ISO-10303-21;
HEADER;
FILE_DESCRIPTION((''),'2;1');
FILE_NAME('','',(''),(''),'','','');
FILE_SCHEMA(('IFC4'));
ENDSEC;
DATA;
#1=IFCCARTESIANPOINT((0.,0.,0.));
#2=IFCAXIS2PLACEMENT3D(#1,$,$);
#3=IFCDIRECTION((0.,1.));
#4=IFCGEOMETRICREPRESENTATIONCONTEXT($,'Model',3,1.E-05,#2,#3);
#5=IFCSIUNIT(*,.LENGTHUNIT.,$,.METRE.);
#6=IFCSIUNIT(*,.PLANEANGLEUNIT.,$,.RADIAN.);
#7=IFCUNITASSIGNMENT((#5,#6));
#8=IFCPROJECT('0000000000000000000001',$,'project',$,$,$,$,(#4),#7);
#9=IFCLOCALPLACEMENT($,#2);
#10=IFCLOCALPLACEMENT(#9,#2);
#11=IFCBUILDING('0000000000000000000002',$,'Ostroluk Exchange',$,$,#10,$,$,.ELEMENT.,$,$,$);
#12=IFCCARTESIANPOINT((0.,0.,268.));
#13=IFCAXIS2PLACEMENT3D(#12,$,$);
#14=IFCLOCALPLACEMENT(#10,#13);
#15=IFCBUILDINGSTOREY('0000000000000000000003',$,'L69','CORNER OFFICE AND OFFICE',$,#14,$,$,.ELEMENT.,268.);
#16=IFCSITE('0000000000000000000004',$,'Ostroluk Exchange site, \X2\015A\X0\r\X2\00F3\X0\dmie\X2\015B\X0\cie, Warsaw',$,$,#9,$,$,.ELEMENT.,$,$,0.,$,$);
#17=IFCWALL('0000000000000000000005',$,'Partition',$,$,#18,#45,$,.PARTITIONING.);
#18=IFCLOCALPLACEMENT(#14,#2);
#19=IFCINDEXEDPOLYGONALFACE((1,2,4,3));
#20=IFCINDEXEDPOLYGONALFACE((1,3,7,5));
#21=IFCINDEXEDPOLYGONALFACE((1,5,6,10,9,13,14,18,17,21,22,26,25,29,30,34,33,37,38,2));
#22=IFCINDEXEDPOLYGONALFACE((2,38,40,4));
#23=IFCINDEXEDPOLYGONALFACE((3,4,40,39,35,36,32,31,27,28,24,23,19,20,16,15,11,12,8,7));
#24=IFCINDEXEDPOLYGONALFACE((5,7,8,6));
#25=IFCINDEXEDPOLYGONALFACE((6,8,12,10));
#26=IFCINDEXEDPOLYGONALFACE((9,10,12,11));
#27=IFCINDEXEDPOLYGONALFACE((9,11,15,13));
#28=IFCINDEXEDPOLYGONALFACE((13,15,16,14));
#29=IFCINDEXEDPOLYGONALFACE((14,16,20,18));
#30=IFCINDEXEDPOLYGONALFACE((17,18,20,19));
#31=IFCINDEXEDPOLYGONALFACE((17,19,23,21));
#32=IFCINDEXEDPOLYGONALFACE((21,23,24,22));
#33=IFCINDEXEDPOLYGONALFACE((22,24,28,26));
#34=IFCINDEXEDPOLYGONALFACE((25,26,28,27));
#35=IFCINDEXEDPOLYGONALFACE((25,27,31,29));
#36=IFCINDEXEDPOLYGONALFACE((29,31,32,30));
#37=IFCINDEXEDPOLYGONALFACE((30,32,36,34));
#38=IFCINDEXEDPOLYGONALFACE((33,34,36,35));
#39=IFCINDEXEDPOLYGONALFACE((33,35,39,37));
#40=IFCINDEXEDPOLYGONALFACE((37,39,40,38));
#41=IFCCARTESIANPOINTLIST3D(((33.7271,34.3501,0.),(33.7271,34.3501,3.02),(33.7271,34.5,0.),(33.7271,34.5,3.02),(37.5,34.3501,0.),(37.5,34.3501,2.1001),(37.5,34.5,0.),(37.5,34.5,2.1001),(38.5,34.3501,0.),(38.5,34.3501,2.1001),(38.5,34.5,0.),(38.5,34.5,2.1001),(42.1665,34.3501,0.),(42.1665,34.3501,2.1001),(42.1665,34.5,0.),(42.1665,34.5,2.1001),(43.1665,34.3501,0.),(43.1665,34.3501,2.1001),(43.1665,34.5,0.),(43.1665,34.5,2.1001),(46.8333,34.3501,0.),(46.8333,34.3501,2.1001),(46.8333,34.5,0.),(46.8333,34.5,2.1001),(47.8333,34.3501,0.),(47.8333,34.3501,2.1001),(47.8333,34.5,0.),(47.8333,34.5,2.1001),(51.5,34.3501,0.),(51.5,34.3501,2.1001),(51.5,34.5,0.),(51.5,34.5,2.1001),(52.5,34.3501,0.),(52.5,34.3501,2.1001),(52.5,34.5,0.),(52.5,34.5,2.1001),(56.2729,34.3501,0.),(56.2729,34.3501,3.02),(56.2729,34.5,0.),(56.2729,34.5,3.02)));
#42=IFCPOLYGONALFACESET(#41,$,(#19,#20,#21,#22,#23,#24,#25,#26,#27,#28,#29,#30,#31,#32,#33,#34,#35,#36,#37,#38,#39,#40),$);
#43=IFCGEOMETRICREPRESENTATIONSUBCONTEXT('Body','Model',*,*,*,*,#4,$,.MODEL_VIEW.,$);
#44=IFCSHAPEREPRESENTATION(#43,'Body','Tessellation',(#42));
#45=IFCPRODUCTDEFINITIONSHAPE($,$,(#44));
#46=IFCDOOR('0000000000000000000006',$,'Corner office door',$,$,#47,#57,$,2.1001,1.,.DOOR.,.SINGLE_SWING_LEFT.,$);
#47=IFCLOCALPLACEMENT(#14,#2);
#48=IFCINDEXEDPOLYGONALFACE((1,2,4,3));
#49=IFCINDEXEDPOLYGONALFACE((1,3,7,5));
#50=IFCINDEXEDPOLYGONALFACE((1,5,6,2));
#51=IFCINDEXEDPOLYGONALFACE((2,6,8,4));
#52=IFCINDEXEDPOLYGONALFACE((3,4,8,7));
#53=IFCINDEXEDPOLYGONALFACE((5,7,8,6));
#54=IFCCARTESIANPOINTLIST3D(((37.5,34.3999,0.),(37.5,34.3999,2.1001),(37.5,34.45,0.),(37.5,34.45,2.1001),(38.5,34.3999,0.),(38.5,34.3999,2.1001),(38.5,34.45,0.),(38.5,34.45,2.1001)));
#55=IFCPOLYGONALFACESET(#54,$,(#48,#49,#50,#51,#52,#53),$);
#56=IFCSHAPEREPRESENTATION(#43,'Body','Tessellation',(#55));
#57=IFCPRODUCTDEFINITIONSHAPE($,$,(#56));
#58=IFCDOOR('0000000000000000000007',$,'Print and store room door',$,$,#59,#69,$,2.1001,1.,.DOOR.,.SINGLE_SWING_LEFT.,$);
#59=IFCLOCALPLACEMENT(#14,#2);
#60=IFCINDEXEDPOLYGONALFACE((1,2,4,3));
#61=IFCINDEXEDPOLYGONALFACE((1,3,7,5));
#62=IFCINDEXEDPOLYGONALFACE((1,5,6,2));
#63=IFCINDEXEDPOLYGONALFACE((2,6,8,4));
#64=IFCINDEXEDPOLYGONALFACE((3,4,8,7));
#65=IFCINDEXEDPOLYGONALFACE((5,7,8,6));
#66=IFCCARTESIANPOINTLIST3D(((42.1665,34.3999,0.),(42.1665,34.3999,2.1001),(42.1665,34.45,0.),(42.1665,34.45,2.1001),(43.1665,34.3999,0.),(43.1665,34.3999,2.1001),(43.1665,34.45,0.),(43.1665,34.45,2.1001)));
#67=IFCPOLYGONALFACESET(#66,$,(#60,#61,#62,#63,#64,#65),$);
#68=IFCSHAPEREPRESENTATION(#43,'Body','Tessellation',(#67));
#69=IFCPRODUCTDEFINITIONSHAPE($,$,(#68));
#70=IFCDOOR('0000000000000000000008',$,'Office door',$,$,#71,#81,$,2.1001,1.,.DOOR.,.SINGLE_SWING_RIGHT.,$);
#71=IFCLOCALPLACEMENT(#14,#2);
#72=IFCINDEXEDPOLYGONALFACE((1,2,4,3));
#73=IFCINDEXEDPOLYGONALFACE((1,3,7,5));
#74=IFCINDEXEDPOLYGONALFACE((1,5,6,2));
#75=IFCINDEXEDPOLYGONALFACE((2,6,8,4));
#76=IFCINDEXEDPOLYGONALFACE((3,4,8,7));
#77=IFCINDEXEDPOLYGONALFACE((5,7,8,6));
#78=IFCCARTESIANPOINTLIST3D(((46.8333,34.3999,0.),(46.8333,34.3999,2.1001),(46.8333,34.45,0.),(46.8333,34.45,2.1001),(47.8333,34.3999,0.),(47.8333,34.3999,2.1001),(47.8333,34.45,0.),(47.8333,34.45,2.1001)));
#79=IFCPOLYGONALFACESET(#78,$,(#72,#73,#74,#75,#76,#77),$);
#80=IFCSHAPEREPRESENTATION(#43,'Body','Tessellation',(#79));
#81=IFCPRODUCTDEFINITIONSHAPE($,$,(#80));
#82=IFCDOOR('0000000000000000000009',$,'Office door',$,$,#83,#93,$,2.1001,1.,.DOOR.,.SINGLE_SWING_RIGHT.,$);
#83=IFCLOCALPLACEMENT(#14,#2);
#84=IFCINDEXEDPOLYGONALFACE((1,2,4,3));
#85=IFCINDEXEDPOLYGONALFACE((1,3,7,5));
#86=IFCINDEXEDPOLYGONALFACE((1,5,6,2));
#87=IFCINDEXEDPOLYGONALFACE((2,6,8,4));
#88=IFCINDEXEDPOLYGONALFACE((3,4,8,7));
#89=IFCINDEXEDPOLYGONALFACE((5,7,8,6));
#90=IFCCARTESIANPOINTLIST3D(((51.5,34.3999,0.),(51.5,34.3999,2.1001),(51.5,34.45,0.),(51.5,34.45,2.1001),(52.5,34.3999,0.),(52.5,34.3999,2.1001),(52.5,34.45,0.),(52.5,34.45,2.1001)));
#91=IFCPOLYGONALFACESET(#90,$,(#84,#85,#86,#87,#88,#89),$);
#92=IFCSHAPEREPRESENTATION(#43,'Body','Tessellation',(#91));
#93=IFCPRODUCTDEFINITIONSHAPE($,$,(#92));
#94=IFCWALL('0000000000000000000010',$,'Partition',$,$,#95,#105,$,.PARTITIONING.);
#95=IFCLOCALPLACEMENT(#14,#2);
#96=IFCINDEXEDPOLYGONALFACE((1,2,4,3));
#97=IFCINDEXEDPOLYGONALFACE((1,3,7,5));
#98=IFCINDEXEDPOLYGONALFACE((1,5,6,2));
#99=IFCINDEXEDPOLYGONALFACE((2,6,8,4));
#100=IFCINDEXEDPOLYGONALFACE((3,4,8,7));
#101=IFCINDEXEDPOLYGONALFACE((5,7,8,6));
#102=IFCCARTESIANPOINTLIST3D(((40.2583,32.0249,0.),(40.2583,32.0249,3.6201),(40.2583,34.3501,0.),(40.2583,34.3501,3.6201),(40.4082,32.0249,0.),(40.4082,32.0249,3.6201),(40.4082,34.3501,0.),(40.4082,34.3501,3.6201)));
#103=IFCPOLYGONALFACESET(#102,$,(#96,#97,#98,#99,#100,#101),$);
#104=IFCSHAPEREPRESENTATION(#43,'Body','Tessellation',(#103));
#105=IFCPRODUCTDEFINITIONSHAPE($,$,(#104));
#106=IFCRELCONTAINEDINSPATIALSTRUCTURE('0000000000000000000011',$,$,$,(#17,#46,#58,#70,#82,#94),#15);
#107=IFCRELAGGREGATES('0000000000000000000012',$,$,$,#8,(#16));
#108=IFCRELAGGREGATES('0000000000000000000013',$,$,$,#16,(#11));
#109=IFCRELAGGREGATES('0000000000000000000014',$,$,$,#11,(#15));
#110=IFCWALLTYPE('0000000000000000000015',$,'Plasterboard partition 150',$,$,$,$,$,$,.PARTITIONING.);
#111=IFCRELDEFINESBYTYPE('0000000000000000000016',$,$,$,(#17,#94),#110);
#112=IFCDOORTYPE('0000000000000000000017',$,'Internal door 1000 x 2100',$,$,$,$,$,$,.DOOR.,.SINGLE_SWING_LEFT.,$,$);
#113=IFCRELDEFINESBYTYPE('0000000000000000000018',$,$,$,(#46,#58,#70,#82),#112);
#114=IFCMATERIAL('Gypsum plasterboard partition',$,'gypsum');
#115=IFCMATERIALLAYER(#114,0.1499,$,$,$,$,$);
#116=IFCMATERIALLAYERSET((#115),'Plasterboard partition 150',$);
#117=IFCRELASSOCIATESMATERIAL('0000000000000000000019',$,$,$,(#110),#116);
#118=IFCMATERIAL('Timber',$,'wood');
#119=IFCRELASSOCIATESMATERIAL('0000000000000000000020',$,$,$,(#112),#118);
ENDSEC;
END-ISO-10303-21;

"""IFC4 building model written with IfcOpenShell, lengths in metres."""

from ifc_helpers import new_model, si_unit, direction, frame, frame_2d, origin, place, context, subcontext, project, spatial, rectangle, extrude, material, layer, layer_set, type_object, element, fill, save


model = new_model("IFC4")

# Units and contexts
model_context = context("Model", 3, precision=1e-05, world=origin(), true_north=direction((0.0, 1.0)))
body_context = subcontext(model_context, "Body", "Model", "MODEL_VIEW")
ifc_project = project(units=[si_unit("LENGTHUNIT", "METRE"), si_unit("PLANEANGLEUNIT", "RADIAN")], contexts=[model_context])

# Site, building, storey
site_placement = place(None, origin())
site = spatial("IfcSite", under=ifc_project, at=site_placement, Name="Ostroluk Exchange site, Śródmieście, Warsaw", CompositionType="ELEMENT", RefElevation=0.0)
building_placement = place(site_placement, origin())
building = spatial("IfcBuilding", under=site, at=building_placement, Name="Ostroluk Exchange", CompositionType="ELEMENT")
storey_placement = place(building_placement, frame((0.0, 0.0, 268.0)))
storey = spatial("IfcBuildingStorey", under=building, at=storey_placement, Name="L69", Description="CORNER OFFICE AND OFFICE", CompositionType="ELEMENT", Elevation=268.0)

# Wall, openings, doors
ifc_material_1 = material(Name="Gypsum plasterboard partition", Category="gypsum")
ifc_layer_1 = layer(ifc_material_1, 0.1499)
ifc_layer_set_1 = layer_set([ifc_layer_1], Name="Plasterboard partition 150")
wall_type_1 = type_object("IfcWallType", Name="Plasterboard partition 150", PredefinedType="PARTITIONING", material=ifc_layer_set_1)
wall_1_placement = place(storey_placement, frame((33.7271, 34.425, 0.0), z_axis=(0.0, 0.0, 1.0), x_axis=(1.0, 0.0, 0.0)))
wall_1 = element("IfcWall", 1, at=wall_1_placement, inside=storey, type_object=wall_type_1, Name="Partition", PredefinedType="PARTITIONING", context=body_context, shape_type="SweptSolid", body=[
    extrude(rectangle(XDim=22.5459, YDim=0.1499, at=frame_2d((11.2729, 0.0))), origin(), (0.0, 0.0, 1.0), 3.02),
])
opening_1_placement = place(wall_1_placement, frame((3.7729, 0.0, 0.0)))
opening_1 = element("IfcOpeningElement", 2, at=opening_1_placement, cuts=wall_1, PredefinedType="OPENING", context=body_context, shape_type="SweptSolid", body=[
    extrude(rectangle(XDim=1.0, YDim=2.1001, at=frame_2d((0.5, 1.05))), frame((0.0, 0.085, 0.0), z_axis=(0.0, -1.0, 0.0), x_axis=(1.0, 0.0, 0.0)), (0.0, 0.0, 1.0), 0.1699),
])
opening_2_placement = place(wall_1_placement, frame((8.4395, 0.0, 0.0)))
opening_2 = element("IfcOpeningElement", 3, at=opening_2_placement, cuts=wall_1, PredefinedType="OPENING", context=body_context, shape_type="SweptSolid", body=[
    extrude(rectangle(XDim=1.0, YDim=2.1001, at=frame_2d((0.5, 1.05))), frame((0.0, 0.085, 0.0), z_axis=(0.0, -1.0, 0.0), x_axis=(1.0, 0.0, 0.0)), (0.0, 0.0, 1.0), 0.1699),
])
opening_3_placement = place(wall_1_placement, frame((13.1062, 0.0, 0.0)))
opening_3 = element("IfcOpeningElement", 4, at=opening_3_placement, cuts=wall_1, PredefinedType="OPENING", context=body_context, shape_type="SweptSolid", body=[
    extrude(rectangle(XDim=1.0, YDim=2.1001, at=frame_2d((0.5, 1.05))), frame((0.0, 0.085, 0.0), z_axis=(0.0, -1.0, 0.0), x_axis=(1.0, 0.0, 0.0)), (0.0, 0.0, 1.0), 0.1699),
])
opening_4_placement = place(wall_1_placement, frame((17.7729, 0.0, 0.0)))
opening_4 = element("IfcOpeningElement", 5, at=opening_4_placement, cuts=wall_1, PredefinedType="OPENING", context=body_context, shape_type="SweptSolid", body=[
    extrude(rectangle(XDim=1.0, YDim=2.1001, at=frame_2d((0.5, 1.05))), frame((0.0, 0.085, 0.0), z_axis=(0.0, -1.0, 0.0), x_axis=(1.0, 0.0, 0.0)), (0.0, 0.0, 1.0), 0.1699),
])
ifc_material_2 = material(Name="Timber", Category="wood")
door_type_1 = type_object("IfcDoorType", Name="Internal door 1000 x 2100", OperationType="SINGLE_SWING_LEFT", PredefinedType="DOOR", material=ifc_material_2)
door_1_placement = place(opening_1_placement, origin())
door_1 = element("IfcDoor", 6, at=door_1_placement, inside=storey, type_object=door_type_1, Name="Corner office door", OperationType="SINGLE_SWING_LEFT", OverallHeight=2.1001, OverallWidth=1.0, PredefinedType="DOOR", context=body_context, shape_type="SweptSolid", body=[
    extrude(rectangle(XDim=1.0, YDim=2.1001, at=frame_2d((0.5, 1.05))), frame((0.0, 0.0249, 0.0), z_axis=(0.0, -1.0, 0.0), x_axis=(1.0, 0.0, 0.0)), (0.0, 0.0, 1.0), 0.05),
])
fill(opening_1, door_1)
door_2_placement = place(opening_2_placement, origin())
door_2 = element("IfcDoor", 7, at=door_2_placement, inside=storey, type_object=door_type_1, Name="Print and store room door", OperationType="SINGLE_SWING_LEFT", OverallHeight=2.1001, OverallWidth=1.0, PredefinedType="DOOR", context=body_context, shape_type="SweptSolid", body=[
    extrude(rectangle(XDim=1.0, YDim=2.1001, at=frame_2d((0.5, 1.05))), frame((0.0, 0.0249, 0.0), z_axis=(0.0, -1.0, 0.0), x_axis=(1.0, 0.0, 0.0)), (0.0, 0.0, 1.0), 0.05),
])
fill(opening_2, door_2)
door_3_placement = place(opening_3_placement, origin())
door_3 = element("IfcDoor", 8, at=door_3_placement, inside=storey, type_object=door_type_1, Name="Office door", OperationType="SINGLE_SWING_RIGHT", OverallHeight=2.1001, OverallWidth=1.0, PredefinedType="DOOR", context=body_context, shape_type="SweptSolid", body=[
    extrude(rectangle(XDim=1.0, YDim=2.1001, at=frame_2d((0.5, 1.05))), frame((0.0, 0.0249, 0.0), z_axis=(0.0, -1.0, 0.0), x_axis=(1.0, 0.0, 0.0)), (0.0, 0.0, 1.0), 0.05),
])
fill(opening_3, door_3)
door_4_placement = place(opening_4_placement, origin())
door_4 = element("IfcDoor", 9, at=door_4_placement, inside=storey, type_object=door_type_1, Name="Office door", OperationType="SINGLE_SWING_RIGHT", OverallHeight=2.1001, OverallWidth=1.0, PredefinedType="DOOR", context=body_context, shape_type="SweptSolid", body=[
    extrude(rectangle(XDim=1.0, YDim=2.1001, at=frame_2d((0.5, 1.05))), frame((0.0, 0.0249, 0.0), z_axis=(0.0, -1.0, 0.0), x_axis=(1.0, 0.0, 0.0)), (0.0, 0.0, 1.0), 0.05),
])
fill(opening_4, door_4)

# Wall
wall_2_placement = place(storey_placement, frame((40.3333, 34.3501, 0.0), z_axis=(0.0, 0.0, 1.0), x_axis=(0.0, -1.0, 0.0)))
element("IfcWall", 10, at=wall_2_placement, inside=storey, type_object=wall_type_1, Name="Partition", PredefinedType="PARTITIONING", context=body_context, shape_type="SweptSolid", body=[
    extrude(rectangle(XDim=2.3252, YDim=0.1499, at=frame_2d((1.1626, 0.0))), origin(), (0.0, 0.0, 1.0), 3.6201),
])

save(model, "model.ifc")
